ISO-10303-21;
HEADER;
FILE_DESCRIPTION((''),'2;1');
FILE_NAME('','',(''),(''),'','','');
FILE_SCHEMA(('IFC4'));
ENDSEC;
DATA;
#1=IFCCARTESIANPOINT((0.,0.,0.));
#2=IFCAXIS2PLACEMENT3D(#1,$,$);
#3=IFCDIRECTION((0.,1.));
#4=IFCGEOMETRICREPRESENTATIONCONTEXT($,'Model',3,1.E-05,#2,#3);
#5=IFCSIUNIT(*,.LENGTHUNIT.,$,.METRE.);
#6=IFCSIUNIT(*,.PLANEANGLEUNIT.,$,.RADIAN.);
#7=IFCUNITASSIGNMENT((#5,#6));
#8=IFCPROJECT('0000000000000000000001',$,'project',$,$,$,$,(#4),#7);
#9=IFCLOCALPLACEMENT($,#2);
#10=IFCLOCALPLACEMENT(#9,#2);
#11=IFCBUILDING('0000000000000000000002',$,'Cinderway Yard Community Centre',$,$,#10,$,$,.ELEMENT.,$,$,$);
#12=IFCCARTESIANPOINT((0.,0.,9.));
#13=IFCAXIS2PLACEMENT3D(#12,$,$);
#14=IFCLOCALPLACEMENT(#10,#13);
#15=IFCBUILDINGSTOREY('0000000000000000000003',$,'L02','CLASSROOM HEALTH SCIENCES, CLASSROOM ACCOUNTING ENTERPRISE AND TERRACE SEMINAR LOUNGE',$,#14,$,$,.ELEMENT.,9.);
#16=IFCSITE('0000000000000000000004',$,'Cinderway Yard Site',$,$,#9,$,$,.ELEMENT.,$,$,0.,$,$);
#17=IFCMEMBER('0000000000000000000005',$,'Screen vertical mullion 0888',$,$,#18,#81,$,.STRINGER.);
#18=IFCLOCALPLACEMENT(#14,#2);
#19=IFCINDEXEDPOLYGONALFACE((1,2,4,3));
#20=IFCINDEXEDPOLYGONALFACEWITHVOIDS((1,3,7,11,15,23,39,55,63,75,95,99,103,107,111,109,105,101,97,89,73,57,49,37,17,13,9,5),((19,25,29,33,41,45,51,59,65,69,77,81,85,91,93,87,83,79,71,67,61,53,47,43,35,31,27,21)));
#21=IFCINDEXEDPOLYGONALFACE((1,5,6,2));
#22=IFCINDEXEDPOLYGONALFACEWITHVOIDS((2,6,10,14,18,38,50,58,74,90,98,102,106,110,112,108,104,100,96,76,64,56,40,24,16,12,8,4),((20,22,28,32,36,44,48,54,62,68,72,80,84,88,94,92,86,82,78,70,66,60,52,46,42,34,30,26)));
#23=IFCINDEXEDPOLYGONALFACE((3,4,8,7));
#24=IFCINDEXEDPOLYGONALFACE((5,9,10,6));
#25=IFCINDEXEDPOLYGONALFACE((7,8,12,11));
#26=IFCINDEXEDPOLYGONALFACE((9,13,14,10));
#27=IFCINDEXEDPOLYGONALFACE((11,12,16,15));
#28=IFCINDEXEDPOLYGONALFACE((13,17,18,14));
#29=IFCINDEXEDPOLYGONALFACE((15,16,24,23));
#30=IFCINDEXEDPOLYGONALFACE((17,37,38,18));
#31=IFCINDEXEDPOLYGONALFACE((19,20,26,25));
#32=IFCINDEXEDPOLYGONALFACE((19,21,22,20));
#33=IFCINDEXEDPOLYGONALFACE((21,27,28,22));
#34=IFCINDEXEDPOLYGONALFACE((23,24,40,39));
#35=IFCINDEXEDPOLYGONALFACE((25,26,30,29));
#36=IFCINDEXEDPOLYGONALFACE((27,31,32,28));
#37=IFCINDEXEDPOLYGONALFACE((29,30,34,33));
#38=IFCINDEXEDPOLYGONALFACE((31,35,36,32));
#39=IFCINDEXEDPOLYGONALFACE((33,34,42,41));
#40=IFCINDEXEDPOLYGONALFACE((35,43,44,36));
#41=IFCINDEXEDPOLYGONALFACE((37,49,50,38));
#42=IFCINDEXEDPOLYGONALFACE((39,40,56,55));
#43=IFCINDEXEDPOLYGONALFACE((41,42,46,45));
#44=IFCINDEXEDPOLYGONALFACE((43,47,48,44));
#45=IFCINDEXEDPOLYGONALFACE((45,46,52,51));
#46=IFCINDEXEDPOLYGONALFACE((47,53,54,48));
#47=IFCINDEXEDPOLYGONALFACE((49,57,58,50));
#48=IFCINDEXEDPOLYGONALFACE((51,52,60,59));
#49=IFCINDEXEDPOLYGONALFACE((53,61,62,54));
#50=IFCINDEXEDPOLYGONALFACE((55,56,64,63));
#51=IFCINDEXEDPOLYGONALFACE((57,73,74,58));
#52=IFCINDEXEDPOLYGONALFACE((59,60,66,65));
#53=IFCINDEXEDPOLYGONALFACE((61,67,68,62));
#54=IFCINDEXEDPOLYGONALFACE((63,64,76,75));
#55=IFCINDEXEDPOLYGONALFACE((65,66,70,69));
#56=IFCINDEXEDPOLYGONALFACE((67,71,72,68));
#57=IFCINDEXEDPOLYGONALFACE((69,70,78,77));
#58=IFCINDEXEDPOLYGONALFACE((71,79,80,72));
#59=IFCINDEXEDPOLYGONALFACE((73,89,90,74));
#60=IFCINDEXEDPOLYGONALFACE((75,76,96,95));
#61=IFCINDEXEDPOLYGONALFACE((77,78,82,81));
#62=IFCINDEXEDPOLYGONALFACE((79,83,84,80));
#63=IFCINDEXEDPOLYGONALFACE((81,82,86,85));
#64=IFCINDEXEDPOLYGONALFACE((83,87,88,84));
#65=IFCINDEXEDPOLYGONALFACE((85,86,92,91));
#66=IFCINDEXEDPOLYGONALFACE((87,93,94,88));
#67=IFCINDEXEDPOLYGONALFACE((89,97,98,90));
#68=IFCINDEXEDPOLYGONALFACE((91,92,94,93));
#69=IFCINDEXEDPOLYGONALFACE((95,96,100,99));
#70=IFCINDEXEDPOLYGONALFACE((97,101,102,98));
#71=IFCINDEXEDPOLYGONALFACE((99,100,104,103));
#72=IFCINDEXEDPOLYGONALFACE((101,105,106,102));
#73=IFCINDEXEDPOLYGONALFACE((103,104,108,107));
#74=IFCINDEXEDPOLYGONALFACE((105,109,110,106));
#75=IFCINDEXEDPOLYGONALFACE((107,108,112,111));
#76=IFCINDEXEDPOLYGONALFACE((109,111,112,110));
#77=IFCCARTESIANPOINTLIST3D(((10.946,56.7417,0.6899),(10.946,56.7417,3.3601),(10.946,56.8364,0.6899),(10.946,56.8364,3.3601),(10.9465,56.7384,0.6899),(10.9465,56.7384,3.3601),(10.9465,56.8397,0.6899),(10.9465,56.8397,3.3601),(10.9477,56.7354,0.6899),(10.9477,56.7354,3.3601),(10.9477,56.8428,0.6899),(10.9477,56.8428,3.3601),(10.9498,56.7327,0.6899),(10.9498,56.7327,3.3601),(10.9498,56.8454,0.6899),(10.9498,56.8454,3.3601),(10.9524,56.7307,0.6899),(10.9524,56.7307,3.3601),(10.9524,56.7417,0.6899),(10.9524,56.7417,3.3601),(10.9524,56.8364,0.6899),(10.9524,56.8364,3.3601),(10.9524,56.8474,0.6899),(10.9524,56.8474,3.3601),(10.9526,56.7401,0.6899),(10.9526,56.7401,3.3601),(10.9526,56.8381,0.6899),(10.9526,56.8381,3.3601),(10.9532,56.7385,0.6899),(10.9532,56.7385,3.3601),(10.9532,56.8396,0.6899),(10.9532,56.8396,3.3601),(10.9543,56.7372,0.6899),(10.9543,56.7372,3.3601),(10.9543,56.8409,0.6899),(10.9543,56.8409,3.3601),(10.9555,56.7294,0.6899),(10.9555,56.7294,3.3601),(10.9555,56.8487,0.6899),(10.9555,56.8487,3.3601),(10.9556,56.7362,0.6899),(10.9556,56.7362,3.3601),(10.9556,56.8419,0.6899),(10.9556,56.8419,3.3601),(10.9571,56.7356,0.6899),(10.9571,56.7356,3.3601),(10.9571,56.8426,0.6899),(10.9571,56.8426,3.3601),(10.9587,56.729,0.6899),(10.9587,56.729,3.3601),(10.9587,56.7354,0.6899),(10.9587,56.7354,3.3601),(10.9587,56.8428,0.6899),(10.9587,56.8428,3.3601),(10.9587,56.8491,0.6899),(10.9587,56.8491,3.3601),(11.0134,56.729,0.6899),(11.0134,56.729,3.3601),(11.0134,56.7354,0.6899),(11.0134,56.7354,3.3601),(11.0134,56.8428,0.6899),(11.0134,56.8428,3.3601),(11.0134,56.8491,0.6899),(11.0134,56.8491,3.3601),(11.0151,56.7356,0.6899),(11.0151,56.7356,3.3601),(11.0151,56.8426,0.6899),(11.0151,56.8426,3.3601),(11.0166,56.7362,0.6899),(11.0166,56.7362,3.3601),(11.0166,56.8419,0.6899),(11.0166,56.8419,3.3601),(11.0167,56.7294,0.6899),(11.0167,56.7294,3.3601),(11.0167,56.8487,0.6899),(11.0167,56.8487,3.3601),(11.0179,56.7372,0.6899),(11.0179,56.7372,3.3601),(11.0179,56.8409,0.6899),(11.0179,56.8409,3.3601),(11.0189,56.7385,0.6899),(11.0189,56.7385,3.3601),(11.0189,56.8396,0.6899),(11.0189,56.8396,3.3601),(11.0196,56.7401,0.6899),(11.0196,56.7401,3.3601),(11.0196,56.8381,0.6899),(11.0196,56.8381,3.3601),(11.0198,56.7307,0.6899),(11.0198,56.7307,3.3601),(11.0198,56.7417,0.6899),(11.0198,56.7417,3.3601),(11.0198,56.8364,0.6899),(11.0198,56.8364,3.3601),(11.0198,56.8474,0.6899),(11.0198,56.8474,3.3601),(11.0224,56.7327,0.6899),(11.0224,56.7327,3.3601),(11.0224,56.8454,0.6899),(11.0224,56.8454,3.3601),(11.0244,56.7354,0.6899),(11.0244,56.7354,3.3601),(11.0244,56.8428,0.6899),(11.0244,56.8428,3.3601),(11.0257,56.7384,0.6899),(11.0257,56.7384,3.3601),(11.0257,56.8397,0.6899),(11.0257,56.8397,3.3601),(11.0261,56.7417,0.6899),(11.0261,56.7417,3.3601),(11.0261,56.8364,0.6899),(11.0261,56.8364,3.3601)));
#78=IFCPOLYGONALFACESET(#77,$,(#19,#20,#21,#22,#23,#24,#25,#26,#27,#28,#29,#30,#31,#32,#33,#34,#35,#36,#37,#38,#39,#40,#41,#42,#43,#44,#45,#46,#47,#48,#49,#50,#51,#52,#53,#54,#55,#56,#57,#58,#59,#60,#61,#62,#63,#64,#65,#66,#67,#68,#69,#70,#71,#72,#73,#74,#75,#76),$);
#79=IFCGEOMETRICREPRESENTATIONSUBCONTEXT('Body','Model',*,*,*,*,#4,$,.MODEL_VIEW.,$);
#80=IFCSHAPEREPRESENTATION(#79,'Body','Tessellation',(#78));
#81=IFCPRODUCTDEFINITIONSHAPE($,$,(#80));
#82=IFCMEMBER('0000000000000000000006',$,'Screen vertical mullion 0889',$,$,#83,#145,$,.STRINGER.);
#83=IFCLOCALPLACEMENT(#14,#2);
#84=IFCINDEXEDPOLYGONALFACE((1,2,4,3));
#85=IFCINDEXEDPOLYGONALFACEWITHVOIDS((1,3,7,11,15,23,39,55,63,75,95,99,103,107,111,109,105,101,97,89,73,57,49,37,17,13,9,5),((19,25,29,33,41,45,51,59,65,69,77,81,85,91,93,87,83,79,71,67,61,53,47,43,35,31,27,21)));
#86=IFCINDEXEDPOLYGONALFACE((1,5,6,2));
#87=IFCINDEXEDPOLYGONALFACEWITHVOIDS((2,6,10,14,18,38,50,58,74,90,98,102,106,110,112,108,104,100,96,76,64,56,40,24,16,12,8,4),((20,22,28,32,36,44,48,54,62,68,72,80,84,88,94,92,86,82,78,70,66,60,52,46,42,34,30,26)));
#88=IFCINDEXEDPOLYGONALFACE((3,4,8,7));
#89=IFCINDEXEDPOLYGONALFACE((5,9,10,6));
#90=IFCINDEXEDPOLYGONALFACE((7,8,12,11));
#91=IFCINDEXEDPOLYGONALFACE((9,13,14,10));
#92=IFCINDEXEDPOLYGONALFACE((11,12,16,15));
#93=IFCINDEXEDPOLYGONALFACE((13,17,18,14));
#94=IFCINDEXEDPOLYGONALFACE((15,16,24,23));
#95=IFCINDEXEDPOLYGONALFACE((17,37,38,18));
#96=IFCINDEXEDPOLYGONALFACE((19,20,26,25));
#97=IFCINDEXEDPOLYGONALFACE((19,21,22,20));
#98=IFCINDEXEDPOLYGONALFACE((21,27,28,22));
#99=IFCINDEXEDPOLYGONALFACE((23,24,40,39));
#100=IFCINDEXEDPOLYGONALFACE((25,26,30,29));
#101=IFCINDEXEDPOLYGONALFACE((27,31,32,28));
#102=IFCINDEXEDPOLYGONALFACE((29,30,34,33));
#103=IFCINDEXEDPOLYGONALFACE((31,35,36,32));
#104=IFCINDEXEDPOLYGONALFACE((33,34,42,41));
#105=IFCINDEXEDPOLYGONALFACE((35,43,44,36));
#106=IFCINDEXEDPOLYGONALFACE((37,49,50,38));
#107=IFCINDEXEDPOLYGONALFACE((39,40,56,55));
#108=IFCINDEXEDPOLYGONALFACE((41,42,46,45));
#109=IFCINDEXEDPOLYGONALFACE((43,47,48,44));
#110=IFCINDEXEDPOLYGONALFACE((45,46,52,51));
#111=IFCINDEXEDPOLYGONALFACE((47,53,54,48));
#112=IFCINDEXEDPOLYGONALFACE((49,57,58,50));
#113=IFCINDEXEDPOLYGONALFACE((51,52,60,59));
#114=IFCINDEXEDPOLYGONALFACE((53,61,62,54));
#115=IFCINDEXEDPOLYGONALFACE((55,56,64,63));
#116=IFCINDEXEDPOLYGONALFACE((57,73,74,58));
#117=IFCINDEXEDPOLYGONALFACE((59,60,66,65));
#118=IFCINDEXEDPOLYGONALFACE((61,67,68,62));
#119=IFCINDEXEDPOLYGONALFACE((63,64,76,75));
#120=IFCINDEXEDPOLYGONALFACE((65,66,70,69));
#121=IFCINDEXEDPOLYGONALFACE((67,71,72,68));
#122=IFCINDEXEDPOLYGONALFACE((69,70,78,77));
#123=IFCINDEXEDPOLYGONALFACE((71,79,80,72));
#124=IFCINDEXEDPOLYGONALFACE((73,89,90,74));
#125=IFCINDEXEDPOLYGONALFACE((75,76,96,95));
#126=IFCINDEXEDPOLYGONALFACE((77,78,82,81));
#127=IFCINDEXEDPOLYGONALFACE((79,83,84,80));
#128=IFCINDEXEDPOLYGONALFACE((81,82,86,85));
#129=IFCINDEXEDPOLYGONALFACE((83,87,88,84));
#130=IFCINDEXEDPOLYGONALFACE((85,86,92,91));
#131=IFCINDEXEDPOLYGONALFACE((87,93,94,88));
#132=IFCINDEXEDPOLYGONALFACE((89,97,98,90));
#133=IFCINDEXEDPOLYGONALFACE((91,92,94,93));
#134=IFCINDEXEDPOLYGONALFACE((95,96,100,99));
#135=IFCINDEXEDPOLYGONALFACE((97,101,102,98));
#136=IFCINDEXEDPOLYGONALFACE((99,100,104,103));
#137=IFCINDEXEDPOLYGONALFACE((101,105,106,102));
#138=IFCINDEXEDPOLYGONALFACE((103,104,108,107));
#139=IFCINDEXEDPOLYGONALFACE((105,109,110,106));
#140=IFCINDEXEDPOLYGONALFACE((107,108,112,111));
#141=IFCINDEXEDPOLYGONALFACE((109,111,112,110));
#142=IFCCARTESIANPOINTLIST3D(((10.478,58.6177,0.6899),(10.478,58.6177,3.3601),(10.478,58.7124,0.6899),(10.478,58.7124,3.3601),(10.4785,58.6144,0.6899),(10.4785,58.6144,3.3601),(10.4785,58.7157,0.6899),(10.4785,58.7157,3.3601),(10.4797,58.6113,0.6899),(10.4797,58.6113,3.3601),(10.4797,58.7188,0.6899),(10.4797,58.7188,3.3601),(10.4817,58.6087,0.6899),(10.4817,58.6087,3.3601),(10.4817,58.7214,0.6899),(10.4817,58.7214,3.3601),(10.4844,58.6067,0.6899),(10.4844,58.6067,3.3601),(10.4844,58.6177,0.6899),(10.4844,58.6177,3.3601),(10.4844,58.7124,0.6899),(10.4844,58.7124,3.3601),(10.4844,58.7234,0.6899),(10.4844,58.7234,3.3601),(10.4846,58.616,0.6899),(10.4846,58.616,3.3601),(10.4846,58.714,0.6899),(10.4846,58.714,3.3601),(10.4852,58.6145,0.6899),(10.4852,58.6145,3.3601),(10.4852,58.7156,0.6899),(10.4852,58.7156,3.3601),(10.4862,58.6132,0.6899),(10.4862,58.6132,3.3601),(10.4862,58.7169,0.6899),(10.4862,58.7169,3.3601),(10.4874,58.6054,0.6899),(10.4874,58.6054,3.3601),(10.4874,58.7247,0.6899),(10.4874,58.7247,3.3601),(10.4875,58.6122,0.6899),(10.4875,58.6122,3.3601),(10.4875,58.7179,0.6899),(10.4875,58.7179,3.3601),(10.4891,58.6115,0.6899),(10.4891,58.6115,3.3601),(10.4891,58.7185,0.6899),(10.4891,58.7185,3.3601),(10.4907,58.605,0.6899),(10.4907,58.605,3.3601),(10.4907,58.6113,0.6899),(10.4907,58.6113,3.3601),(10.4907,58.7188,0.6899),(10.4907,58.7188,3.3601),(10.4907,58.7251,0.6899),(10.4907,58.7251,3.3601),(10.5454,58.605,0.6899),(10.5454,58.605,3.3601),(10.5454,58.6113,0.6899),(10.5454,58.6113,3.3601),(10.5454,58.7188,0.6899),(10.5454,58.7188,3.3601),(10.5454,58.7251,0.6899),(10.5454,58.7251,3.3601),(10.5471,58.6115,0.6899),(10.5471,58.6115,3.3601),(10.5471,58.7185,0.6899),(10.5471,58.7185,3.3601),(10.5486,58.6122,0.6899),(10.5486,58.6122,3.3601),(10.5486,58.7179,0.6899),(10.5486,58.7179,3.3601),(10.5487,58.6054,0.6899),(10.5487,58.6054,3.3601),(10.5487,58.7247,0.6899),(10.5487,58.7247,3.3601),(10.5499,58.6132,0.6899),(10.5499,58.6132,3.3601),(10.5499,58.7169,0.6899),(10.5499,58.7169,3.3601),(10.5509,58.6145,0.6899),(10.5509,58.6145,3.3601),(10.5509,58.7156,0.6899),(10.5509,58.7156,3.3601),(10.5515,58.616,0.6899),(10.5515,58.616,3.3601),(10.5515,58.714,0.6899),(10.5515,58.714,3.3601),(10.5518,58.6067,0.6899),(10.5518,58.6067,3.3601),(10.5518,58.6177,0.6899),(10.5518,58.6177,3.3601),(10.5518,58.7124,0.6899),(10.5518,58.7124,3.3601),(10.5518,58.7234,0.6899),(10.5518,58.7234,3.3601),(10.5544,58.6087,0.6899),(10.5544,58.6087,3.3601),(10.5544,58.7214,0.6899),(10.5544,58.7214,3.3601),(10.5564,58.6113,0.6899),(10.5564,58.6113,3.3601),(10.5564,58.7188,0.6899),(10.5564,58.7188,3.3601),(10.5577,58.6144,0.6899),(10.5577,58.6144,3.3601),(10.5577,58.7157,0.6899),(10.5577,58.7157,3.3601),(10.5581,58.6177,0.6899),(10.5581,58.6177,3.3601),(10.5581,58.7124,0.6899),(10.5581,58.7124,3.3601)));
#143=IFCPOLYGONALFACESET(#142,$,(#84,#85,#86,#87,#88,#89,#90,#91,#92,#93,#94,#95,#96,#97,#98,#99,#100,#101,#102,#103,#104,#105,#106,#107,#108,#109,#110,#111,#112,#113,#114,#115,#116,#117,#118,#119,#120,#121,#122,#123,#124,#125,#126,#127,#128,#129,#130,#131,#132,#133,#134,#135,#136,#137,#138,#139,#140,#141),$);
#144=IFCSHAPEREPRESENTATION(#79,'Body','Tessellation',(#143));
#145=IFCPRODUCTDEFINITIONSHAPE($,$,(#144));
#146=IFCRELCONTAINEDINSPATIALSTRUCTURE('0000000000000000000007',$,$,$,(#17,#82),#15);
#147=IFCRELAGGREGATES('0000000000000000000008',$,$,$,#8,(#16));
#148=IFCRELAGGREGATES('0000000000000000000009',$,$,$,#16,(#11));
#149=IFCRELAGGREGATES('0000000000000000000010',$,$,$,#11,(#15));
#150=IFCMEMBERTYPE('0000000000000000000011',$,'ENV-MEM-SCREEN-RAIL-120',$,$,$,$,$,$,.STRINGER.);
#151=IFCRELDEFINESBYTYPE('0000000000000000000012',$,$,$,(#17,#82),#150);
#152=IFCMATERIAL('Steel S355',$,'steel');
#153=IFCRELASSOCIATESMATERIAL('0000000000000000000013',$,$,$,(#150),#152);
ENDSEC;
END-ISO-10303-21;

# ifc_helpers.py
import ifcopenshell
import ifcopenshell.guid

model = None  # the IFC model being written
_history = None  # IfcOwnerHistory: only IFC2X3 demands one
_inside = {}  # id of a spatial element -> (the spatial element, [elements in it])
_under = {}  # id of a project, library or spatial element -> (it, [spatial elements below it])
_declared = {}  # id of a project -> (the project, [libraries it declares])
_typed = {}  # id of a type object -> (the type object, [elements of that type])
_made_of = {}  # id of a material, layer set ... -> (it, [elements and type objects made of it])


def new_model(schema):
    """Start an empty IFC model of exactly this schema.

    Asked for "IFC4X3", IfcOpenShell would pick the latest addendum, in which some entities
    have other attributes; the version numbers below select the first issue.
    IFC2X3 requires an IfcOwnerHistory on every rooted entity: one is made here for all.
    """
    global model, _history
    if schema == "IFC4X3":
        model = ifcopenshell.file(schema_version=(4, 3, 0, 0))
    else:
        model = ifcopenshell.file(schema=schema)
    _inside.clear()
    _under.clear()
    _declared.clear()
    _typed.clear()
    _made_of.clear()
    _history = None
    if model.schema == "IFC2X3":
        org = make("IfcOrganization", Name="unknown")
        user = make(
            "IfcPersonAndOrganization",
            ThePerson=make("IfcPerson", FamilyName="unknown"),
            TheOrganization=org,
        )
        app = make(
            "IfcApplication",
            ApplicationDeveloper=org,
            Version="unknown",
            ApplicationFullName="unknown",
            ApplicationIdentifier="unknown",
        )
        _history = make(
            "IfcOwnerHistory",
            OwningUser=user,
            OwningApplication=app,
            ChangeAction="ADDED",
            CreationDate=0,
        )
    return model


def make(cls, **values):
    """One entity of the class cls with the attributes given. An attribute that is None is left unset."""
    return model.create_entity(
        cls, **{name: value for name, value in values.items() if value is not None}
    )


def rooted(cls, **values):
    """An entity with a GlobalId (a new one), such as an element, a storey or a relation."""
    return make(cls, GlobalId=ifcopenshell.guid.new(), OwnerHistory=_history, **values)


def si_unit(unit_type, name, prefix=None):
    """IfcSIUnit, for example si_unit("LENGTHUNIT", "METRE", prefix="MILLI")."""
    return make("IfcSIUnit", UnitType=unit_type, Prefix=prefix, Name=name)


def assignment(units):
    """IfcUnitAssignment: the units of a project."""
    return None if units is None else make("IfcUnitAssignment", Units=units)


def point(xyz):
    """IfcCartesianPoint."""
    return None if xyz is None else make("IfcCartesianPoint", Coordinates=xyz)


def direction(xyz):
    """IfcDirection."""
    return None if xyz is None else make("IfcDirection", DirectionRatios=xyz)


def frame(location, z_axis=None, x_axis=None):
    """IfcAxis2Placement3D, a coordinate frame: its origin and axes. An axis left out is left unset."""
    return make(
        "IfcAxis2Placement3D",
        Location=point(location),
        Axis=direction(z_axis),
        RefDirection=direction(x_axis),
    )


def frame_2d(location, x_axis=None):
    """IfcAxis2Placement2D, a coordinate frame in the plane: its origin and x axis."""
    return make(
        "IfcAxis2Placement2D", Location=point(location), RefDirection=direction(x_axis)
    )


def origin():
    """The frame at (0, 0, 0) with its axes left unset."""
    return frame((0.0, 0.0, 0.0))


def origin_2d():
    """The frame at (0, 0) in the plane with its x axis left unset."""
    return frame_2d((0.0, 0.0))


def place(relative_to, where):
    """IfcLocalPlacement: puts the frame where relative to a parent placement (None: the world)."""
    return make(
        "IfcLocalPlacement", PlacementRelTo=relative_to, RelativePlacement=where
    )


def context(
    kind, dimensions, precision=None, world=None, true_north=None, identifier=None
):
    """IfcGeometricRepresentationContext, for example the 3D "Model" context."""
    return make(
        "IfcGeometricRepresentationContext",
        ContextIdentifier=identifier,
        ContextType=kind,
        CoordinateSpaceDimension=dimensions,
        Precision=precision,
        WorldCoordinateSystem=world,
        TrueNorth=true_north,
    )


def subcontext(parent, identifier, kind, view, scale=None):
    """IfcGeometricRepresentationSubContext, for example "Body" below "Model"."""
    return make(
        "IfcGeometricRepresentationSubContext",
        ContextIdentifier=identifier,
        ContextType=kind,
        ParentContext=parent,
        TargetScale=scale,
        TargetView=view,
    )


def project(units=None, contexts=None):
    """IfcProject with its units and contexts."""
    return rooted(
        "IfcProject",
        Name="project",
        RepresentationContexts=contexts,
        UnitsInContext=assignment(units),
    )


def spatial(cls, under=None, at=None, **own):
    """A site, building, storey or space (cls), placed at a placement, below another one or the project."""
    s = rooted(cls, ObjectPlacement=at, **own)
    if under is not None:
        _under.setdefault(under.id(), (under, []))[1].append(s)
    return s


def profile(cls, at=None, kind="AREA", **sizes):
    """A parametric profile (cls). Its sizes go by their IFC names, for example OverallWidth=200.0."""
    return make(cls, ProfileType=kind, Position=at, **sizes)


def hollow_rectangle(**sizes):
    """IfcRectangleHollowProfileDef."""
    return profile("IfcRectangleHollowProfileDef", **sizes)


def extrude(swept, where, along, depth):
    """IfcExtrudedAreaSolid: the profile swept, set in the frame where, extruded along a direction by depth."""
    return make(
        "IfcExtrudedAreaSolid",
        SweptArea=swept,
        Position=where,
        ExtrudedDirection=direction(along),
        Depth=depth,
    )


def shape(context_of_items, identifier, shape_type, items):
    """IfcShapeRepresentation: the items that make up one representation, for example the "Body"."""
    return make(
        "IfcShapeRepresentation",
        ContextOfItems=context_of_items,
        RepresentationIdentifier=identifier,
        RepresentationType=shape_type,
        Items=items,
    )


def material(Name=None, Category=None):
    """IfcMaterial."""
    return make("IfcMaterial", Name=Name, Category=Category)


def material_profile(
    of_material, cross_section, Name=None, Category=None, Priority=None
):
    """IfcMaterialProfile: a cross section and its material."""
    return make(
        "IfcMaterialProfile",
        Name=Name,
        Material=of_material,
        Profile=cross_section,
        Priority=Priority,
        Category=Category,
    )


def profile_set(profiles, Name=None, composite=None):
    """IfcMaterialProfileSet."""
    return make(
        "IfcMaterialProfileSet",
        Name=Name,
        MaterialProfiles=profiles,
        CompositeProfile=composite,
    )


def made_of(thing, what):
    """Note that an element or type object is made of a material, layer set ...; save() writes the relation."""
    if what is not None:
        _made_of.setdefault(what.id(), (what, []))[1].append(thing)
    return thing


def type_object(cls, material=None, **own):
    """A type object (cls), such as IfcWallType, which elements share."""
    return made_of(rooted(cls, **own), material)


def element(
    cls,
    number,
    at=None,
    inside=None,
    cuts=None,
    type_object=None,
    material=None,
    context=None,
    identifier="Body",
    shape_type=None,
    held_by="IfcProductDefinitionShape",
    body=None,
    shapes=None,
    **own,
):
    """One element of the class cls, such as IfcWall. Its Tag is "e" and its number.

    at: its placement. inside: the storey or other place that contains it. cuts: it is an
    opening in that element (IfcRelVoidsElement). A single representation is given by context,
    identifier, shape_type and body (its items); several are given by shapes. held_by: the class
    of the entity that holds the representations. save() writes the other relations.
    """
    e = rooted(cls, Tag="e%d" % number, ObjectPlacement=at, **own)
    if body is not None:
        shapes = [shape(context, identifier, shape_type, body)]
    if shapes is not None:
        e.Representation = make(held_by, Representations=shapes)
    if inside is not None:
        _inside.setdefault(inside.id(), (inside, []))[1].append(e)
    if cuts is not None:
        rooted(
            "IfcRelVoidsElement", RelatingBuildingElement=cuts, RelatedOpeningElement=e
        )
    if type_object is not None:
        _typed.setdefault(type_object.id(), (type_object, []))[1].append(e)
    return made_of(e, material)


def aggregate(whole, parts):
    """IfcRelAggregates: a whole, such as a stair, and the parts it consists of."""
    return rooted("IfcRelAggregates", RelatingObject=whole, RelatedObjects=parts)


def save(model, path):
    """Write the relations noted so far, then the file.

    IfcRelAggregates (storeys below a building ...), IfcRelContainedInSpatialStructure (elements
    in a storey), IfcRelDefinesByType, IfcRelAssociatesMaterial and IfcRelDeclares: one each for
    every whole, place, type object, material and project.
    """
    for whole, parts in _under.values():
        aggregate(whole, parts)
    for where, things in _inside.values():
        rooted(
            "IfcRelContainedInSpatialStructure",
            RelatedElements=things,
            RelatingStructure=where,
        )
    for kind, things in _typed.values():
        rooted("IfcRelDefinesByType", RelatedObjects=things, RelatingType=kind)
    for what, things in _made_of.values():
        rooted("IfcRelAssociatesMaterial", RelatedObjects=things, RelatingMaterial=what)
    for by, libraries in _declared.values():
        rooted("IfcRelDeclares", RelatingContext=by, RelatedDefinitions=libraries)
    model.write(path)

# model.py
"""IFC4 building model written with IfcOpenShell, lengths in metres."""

from ifc_helpers import new_model, si_unit, direction, frame, origin, origin_2d, place, context, subcontext, project, spatial, hollow_rectangle, extrude, material, material_profile, profile_set, type_object, element, save


model = new_model("IFC4")

# Units and contexts
model_context = context("Model", 3, precision=1e-05, world=origin(), true_north=direction((0.0, 1.0)))
body_context = subcontext(model_context, "Body", "Model", "MODEL_VIEW")
ifc_project = project(units=[si_unit("LENGTHUNIT", "METRE"), si_unit("PLANEANGLEUNIT", "RADIAN")], contexts=[model_context])

# Site, building, storey
site_placement = place(None, origin())
site = spatial("IfcSite", under=ifc_project, at=site_placement, Name="Cinderway Yard Site", CompositionType="ELEMENT", RefElevation=0.0)
building_placement = place(site_placement, origin())
building = spatial("IfcBuilding", under=site, at=building_placement, Name="Cinderway Yard Community Centre", CompositionType="ELEMENT")
storey_placement = place(building_placement, frame((0.0, 0.0, 9.0)))
storey = spatial("IfcBuildingStorey", under=building, at=storey_placement, Name="L02", Description="CLASSROOM HEALTH SCIENCES, CLASSROOM ACCOUNTING ENTERPRISE AND TERRACE SEMINAR LOUNGE", CompositionType="ELEMENT", Elevation=9.0)

# Members
ifc_material_1 = material(Name="Steel S355", Category="steel")
ifc_material_profile_1 = material_profile(ifc_material_1, hollow_rectangle(XDim=0.0801, YDim=0.1201, WallThickness=0.0063, InnerFilletRadius=0.0063, OuterFilletRadius=0.0127, at=origin_2d()), Name="Steel S355")
ifc_profile_set_1 = profile_set([ifc_material_profile_1], Name="Steel S355")
member_type_1 = type_object("IfcMemberType", Name="ENV-MEM-SCREEN-RAIL-120", PredefinedType="STRINGER", material=ifc_profile_set_1)
for number, where, z_axis, x_axis, name in (
    (1, (10.9861, 56.7891, 0.6899), (0.0, 0.0, 1.0), (1.0, 0.0, 0.0), "Screen vertical mullion 0888"),
    (2, (10.5181, 58.665, 0.6899), (0.0, 0.0, 1.0), (1.0, 0.0, 0.0), "Screen vertical mullion 0889"),
):
    element("IfcMember", number, at=place(storey_placement, frame(where, z_axis=z_axis, x_axis=x_axis)), inside=storey, type_object=member_type_1, Name=name, PredefinedType="STRINGER", context=body_context, shape_type="SweptSolid", body=[
        extrude(hollow_rectangle(XDim=0.0801, YDim=0.1201, WallThickness=0.0063, InnerFilletRadius=0.0063, OuterFilletRadius=0.0127, at=origin_2d()), origin(), (0.0, 0.0, 1.0), 2.6702),
    ])

save(model, "model.ifc")
